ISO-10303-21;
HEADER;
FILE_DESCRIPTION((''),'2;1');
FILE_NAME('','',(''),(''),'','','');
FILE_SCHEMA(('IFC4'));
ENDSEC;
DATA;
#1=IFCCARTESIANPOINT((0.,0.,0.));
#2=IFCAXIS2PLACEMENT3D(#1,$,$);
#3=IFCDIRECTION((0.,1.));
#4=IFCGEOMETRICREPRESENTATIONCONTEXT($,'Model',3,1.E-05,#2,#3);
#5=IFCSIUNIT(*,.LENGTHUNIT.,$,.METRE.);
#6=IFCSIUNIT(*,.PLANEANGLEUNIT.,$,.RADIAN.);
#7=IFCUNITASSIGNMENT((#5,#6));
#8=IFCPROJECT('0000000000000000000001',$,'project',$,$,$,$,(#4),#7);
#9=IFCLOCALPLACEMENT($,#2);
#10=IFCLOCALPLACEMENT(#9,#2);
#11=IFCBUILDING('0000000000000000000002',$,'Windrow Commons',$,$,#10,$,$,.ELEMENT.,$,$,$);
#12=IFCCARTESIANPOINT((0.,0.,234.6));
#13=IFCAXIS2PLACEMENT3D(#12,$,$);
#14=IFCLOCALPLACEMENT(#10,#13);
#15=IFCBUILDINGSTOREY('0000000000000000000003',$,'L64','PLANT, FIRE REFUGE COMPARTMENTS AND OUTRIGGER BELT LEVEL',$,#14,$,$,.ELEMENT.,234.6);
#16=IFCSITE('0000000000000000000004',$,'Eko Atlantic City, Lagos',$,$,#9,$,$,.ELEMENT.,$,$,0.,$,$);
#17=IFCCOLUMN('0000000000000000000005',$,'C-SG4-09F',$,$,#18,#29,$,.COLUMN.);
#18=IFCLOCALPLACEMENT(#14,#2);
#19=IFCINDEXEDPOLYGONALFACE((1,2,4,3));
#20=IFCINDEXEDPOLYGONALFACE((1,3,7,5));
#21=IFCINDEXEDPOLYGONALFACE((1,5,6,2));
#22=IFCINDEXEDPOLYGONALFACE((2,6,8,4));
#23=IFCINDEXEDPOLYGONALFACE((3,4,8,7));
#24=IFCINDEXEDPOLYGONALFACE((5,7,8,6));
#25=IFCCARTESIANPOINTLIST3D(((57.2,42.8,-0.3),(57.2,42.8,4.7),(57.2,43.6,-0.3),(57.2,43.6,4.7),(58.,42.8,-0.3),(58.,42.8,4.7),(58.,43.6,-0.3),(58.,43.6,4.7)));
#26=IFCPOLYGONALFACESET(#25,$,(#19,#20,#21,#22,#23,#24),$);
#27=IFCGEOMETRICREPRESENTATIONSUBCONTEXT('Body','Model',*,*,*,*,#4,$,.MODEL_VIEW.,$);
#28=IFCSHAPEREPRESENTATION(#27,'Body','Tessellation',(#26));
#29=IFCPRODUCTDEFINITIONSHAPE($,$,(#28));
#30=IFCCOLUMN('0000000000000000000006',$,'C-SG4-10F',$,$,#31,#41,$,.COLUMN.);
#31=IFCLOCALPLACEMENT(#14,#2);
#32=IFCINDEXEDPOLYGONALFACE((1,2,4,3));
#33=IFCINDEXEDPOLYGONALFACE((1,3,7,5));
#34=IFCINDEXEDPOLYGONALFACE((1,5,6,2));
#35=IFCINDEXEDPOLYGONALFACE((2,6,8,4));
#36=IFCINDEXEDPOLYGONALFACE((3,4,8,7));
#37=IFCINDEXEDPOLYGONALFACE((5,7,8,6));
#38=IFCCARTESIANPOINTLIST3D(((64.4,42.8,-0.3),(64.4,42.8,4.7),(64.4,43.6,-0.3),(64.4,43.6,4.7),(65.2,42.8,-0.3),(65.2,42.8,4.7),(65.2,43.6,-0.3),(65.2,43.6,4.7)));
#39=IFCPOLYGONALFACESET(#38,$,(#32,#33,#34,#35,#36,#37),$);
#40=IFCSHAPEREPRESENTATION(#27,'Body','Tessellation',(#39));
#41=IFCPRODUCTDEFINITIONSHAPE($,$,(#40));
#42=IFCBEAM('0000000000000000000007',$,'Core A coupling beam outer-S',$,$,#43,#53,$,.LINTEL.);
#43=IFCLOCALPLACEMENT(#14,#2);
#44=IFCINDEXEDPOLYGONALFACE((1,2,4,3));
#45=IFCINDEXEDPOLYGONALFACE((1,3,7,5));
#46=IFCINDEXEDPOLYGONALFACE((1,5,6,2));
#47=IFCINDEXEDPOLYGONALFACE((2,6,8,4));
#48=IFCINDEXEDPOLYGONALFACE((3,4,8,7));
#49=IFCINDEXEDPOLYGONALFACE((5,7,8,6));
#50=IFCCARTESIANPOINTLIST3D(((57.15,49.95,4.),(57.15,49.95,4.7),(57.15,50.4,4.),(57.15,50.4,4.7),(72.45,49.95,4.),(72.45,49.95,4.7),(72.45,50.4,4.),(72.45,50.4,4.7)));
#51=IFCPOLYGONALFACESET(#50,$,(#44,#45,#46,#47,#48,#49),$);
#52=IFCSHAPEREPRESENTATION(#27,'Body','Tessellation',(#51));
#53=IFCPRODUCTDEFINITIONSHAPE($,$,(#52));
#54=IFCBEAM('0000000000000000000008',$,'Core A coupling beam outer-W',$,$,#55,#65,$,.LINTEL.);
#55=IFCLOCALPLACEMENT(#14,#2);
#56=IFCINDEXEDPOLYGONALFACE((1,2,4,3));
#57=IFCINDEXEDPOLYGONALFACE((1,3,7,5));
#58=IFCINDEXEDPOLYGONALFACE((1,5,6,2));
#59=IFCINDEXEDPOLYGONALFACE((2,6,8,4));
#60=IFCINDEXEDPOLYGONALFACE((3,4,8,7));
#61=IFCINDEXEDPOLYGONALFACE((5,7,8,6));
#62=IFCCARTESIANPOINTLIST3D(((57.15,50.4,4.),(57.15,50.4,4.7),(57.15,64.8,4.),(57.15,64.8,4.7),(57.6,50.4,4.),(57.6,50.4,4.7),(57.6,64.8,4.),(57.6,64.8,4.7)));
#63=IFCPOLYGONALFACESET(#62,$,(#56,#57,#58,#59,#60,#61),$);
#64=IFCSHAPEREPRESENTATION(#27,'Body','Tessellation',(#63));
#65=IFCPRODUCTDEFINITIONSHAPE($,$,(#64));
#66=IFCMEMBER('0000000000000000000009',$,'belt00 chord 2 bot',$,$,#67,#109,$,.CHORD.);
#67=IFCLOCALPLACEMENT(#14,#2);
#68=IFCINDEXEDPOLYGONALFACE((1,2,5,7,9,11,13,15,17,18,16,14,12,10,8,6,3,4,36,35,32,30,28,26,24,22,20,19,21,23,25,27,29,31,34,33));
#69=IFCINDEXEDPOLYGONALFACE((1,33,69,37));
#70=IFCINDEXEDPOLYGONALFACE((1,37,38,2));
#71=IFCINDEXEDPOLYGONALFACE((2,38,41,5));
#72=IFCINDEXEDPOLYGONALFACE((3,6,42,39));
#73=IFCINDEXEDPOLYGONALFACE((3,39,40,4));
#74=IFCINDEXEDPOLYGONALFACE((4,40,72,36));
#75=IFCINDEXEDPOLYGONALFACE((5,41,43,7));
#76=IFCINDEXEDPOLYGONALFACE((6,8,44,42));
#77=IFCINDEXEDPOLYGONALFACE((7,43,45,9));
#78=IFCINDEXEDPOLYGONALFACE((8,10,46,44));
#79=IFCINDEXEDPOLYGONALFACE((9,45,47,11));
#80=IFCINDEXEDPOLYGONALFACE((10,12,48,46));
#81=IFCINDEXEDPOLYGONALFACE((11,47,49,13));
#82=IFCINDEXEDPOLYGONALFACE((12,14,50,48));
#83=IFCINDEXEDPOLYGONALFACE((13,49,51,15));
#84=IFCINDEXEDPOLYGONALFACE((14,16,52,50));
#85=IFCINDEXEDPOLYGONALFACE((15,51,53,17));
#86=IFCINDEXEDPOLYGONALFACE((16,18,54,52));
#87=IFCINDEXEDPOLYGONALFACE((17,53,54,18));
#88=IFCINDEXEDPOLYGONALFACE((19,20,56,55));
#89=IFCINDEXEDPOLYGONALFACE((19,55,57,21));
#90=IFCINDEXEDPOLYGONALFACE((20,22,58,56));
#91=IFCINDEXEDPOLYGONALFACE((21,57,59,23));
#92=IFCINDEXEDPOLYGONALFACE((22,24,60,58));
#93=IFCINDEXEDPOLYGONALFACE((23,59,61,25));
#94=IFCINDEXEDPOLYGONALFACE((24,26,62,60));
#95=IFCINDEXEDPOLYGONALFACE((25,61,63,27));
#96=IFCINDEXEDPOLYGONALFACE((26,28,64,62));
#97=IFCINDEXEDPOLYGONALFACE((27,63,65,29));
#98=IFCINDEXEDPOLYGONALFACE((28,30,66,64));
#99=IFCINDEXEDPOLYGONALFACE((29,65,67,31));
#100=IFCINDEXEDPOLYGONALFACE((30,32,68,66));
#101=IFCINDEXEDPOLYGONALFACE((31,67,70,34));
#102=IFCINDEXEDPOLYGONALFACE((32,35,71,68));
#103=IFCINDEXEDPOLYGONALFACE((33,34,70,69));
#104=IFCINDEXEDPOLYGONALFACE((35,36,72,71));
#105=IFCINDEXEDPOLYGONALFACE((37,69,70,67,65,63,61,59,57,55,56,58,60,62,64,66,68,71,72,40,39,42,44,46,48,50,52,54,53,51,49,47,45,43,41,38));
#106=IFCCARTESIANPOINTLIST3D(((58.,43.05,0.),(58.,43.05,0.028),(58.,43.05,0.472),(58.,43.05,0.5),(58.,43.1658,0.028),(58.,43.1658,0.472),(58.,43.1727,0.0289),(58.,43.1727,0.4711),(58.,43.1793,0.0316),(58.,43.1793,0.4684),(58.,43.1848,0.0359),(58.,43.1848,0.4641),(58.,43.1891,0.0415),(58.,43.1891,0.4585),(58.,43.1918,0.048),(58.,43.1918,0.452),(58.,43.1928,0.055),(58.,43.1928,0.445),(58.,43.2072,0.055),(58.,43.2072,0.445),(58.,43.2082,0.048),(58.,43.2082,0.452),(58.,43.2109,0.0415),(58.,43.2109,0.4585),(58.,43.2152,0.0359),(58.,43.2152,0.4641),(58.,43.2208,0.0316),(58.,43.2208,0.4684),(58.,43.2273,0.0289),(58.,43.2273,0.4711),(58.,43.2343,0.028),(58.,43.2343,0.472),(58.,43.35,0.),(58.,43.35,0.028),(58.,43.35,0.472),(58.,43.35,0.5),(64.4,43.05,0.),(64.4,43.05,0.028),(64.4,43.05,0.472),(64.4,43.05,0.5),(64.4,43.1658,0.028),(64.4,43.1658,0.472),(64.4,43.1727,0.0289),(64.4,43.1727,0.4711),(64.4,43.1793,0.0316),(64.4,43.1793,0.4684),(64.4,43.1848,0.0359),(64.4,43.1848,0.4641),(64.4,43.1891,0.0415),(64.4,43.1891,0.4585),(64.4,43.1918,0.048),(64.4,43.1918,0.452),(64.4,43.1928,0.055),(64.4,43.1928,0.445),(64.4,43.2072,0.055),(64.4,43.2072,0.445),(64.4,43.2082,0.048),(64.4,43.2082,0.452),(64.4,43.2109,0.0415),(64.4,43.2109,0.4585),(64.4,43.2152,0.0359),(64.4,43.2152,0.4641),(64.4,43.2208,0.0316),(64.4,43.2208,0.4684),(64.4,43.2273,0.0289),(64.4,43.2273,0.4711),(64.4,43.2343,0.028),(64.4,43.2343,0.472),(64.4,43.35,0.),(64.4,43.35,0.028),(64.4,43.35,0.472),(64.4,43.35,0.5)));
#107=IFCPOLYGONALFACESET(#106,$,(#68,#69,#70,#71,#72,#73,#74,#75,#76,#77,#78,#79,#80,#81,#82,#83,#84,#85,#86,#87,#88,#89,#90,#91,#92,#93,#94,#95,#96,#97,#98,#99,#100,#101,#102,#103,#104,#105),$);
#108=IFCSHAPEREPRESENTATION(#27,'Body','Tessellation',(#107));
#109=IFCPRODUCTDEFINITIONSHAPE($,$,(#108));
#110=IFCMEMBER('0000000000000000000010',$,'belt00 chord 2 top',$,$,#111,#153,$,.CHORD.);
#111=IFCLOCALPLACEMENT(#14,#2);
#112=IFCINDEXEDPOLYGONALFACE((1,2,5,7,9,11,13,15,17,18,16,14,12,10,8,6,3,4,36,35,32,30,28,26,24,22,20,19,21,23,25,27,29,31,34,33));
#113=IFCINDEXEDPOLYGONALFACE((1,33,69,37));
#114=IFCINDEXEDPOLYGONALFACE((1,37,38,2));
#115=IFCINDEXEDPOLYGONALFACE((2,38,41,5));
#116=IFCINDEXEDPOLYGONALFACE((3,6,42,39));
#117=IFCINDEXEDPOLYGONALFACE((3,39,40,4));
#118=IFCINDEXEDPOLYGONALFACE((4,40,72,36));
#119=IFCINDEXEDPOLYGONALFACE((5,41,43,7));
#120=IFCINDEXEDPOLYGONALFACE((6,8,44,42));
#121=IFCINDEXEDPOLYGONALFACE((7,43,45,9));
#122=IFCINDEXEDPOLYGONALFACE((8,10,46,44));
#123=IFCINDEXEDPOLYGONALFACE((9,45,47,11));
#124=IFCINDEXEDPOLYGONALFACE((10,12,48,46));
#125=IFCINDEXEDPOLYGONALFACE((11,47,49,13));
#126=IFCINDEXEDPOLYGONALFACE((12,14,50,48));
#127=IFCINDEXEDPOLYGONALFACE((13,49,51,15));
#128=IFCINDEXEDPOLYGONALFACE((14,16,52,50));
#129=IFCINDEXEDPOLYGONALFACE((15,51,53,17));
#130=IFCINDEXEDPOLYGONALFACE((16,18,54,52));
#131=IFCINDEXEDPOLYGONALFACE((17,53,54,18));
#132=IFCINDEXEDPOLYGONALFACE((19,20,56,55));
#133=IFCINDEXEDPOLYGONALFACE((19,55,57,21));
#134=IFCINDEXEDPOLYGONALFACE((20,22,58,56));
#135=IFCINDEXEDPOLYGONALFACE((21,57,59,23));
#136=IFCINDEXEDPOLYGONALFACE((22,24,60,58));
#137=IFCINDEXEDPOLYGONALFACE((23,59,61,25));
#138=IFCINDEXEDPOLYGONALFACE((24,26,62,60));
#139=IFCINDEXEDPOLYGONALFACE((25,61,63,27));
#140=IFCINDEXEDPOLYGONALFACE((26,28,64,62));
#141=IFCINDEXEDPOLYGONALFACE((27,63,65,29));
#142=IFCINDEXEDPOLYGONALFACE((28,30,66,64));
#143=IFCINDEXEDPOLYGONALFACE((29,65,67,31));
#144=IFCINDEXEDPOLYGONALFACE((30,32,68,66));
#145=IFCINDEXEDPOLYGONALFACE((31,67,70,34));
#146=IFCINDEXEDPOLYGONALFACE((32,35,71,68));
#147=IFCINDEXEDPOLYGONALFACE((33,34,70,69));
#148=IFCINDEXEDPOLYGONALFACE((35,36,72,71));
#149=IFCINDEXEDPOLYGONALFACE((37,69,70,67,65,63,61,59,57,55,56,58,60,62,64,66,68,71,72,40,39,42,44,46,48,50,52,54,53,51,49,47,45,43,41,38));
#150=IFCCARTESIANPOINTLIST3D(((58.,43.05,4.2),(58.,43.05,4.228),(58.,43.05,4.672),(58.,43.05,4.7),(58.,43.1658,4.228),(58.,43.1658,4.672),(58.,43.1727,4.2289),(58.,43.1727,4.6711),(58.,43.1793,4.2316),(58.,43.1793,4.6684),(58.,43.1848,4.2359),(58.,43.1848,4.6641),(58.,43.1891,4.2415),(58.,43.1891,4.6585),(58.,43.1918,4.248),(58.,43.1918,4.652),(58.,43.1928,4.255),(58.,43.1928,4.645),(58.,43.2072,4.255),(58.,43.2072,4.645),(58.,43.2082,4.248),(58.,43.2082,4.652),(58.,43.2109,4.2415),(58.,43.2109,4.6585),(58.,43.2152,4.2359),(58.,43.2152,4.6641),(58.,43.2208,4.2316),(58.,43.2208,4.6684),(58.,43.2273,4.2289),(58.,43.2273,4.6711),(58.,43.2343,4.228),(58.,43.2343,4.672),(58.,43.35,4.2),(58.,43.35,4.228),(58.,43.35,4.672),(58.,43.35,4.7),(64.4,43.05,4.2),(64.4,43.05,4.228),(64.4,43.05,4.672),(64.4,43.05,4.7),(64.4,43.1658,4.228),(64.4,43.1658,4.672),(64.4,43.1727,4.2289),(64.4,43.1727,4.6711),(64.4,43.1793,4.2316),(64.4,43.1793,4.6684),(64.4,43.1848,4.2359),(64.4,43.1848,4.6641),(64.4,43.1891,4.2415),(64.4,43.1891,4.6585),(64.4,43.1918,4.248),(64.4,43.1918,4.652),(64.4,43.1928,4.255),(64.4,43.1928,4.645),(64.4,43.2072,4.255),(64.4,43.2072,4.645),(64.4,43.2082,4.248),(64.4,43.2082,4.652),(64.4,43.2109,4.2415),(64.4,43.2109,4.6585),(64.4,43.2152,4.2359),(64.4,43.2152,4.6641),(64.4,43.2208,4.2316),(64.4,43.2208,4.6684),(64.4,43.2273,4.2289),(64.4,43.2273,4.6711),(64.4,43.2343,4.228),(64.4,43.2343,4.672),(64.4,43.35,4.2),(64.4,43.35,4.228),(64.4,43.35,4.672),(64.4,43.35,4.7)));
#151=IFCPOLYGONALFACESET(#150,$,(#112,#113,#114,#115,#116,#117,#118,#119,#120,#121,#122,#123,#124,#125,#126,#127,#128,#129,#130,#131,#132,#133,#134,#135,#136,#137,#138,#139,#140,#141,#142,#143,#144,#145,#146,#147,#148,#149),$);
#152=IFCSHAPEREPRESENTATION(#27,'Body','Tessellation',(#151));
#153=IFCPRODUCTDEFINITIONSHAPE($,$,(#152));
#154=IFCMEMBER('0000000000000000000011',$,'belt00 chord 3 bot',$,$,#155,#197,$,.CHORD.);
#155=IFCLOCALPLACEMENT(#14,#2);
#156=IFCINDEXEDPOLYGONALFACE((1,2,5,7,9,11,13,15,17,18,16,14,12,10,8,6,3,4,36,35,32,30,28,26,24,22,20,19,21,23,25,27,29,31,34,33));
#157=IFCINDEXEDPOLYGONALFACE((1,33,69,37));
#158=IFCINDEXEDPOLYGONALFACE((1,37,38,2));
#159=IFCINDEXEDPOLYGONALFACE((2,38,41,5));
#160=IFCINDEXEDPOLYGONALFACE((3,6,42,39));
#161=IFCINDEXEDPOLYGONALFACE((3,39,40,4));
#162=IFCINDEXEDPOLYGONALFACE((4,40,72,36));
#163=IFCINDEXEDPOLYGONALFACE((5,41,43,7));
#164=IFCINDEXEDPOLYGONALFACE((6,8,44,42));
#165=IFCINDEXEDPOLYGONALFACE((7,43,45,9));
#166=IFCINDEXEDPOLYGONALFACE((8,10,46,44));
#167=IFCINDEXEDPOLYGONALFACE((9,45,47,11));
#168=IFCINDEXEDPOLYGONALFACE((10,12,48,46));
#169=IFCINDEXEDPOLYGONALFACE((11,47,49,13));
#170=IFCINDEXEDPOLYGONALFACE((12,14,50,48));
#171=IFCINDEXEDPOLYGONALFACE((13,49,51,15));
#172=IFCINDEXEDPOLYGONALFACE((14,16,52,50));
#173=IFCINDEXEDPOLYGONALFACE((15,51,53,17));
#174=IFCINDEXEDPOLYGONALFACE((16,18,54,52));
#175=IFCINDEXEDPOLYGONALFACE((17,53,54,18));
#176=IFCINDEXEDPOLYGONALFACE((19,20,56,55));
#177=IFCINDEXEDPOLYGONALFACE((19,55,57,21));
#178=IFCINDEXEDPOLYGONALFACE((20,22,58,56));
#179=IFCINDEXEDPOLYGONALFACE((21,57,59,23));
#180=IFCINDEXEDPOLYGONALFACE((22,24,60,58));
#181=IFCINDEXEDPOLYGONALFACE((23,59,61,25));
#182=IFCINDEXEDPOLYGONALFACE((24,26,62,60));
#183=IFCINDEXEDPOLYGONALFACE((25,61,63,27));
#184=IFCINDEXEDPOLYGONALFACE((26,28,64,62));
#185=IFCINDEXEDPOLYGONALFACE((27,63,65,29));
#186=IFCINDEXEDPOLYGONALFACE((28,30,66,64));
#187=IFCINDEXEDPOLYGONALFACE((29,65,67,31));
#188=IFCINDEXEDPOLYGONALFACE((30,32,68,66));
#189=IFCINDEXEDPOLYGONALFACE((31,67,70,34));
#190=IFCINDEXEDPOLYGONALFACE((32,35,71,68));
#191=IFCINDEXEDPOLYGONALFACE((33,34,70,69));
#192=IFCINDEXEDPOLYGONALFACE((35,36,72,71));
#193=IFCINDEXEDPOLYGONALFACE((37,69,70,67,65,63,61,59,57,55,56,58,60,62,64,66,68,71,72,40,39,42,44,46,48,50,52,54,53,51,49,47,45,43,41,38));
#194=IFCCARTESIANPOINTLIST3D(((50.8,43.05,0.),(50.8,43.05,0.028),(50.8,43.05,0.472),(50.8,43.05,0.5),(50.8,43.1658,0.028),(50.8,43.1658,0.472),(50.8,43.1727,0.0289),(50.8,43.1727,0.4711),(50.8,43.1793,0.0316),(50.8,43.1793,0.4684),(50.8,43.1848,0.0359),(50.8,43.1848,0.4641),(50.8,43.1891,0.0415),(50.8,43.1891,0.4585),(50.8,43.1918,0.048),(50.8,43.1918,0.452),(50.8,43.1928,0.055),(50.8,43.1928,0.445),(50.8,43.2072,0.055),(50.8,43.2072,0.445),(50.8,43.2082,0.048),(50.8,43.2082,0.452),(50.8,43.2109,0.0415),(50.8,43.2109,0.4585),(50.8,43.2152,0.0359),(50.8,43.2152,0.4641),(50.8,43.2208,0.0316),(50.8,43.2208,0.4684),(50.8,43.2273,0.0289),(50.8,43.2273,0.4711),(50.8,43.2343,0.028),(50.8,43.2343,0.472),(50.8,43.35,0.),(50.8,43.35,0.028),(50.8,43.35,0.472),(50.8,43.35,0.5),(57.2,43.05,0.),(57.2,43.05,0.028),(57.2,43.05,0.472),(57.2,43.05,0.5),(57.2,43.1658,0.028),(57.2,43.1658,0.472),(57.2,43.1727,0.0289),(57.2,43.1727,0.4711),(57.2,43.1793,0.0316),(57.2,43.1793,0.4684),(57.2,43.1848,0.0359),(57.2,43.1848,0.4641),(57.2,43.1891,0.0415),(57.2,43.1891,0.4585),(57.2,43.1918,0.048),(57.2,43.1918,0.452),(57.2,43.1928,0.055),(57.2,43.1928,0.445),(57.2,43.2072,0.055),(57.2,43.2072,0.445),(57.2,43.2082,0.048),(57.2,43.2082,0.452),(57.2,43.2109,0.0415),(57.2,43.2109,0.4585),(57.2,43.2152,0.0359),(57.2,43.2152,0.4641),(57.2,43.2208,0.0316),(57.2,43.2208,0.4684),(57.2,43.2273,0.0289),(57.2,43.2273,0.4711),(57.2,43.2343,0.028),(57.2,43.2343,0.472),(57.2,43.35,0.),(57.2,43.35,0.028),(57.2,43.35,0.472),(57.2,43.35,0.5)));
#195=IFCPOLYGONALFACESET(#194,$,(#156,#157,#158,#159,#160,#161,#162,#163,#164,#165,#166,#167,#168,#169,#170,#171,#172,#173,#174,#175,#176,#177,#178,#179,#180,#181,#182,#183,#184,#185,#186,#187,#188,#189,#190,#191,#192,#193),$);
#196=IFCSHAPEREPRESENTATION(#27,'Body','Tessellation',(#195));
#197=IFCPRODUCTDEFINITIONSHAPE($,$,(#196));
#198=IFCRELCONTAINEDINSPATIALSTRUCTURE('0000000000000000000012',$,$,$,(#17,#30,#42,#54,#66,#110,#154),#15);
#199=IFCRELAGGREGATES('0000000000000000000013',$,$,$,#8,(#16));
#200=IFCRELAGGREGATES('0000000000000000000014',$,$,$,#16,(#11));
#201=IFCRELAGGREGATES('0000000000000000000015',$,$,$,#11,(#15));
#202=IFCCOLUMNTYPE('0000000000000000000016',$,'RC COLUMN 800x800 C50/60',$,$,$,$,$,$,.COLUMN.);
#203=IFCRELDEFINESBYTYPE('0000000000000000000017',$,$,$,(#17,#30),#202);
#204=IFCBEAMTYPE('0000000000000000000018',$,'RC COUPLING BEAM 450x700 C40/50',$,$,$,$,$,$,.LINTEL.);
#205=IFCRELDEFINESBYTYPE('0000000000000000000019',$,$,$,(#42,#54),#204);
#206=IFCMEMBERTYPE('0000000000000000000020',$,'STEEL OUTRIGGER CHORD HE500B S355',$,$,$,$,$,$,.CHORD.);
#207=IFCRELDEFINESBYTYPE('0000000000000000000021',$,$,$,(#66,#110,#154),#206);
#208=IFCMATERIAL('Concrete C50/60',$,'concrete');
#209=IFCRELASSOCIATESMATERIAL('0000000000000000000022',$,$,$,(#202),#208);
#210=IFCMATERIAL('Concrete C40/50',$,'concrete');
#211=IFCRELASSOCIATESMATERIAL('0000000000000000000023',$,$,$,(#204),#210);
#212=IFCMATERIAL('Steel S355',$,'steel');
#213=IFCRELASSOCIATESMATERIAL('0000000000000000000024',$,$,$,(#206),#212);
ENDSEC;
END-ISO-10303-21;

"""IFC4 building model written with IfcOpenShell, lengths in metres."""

from ifc_helpers import new_model, si_unit, direction, frame, origin, origin_2d, place, context, subcontext, project, spatial, rectangle, i_section, extrude, material, material_profile, profile_set, type_object, element, save


model = new_model("IFC4")

# Units and contexts
model_context = context("Model", 3, precision=1e-05, world=origin(), true_north=direction((0.0, 1.0)))
body_context = subcontext(model_context, "Body", "Model", "MODEL_VIEW")
ifc_project = project(units=[si_unit("LENGTHUNIT", "METRE"), si_unit("PLANEANGLEUNIT", "RADIAN")], contexts=[model_context])

# Site, building, storey
site_placement = place(None, origin())
site = spatial("IfcSite", under=ifc_project, at=site_placement, Name="Eko Atlantic City, Lagos", CompositionType="ELEMENT", RefElevation=0.0)
building_placement = place(site_placement, origin())
building = spatial("IfcBuilding", under=site, at=building_placement, Name="Windrow Commons", CompositionType="ELEMENT")
storey_placement = place(building_placement, frame((0.0, 0.0, 234.6)))
storey = spatial("IfcBuildingStorey", under=building, at=storey_placement, Name="L64", Description="PLANT, FIRE REFUGE COMPARTMENTS AND OUTRIGGER BELT LEVEL", CompositionType="ELEMENT", Elevation=234.6)

# Columns
ifc_material_1 = material(Name="Concrete C50/60", Category="concrete")
ifc_material_profile_1 = material_profile(ifc_material_1, rectangle(XDim=0.8, YDim=0.8, at=origin_2d()))
ifc_profile_set_1 = profile_set([ifc_material_profile_1], Name="Concrete C50/60")
column_type = type_object("IfcColumnType", Name="RC COLUMN 800x800 C50/60", PredefinedType="COLUMN", material=ifc_profile_set_1)
for number, where, z_axis, x_axis, name in (
    (1, (57.6, 43.2, -0.3), (0.0, 0.0, 1.0), (1.0, 0.0, 0.0), "C-SG4-09F"),
    (2, (64.8, 43.2, -0.3), (0.0, 0.0, 1.0), (1.0, 0.0, 0.0), "C-SG4-10F"),
):
    element("IfcColumn", number, at=place(storey_placement, frame(where, z_axis=z_axis, x_axis=x_axis)), inside=storey, type_object=column_type, Name=name, PredefinedType="COLUMN", context=body_context, shape_type="SweptSolid", body=[
        extrude(rectangle(XDim=0.8, YDim=0.8, at=origin_2d()), origin(), (0.0, 0.0, 1.0), 5.0),
    ])

# Beams
ifc_material_2 = material(Name="Concrete C40/50", Category="concrete")
ifc_material_profile_2 = material_profile(ifc_material_2, rectangle(XDim=0.45, YDim=0.7, at=origin_2d()))
ifc_profile_set_2 = profile_set([ifc_material_profile_2], Name="Concrete C40/50")
beam_type = type_object("IfcBeamType", Name="RC COUPLING BEAM 450x700 C40/50", PredefinedType="LINTEL", material=ifc_profile_set_2)
beam_1_placement = place(storey_placement, frame((57.15, 50.175, 4.35), z_axis=(1.0, 0.0, 0.0), x_axis=(0.0, 1.0, 0.0)))
element("IfcBeam", 3, at=beam_1_placement, inside=storey, type_object=beam_type, Name="Core A coupling beam outer-S", PredefinedType="LINTEL", context=body_context, shape_type="SweptSolid", body=[
    extrude(rectangle(XDim=0.45, YDim=0.7, at=origin_2d()), origin(), (0.0, 0.0, 1.0), 15.3),
])
beam_2_placement = place(storey_placement, frame((57.375, 50.4, 4.35), z_axis=(0.0, 1.0, 0.0), x_axis=(-1.0, 0.0, 0.0)))
element("IfcBeam", 4, at=beam_2_placement, inside=storey, type_object=beam_type, Name="Core A coupling beam outer-W", PredefinedType="LINTEL", context=body_context, shape_type="SweptSolid", body=[
    extrude(rectangle(XDim=0.45, YDim=0.7, at=origin_2d()), origin(), (0.0, 0.0, 1.0), 14.4),
])

# Members
ifc_material_3 = material(Name="Steel S355", Category="steel")
ifc_material_profile_3 = material_profile(ifc_material_3, i_section(OverallWidth=0.3, OverallDepth=0.5, WebThickness=0.0145, FlangeThickness=0.028, FilletRadius=0.027, at=origin_2d()))
ifc_profile_set_3 = profile_set([ifc_material_profile_3], Name="Steel S355")
member_type_1 = type_object("IfcMemberType", Name="STEEL OUTRIGGER CHORD HE500B S355", PredefinedType="CHORD", material=ifc_profile_set_3)
for number, where, z_axis, x_axis, name in (
    (5, (64.4, 43.2, 0.25), (-1.0, 0.0, 0.0), (0.0, -1.0, 0.0), "belt00 chord 2 bot"),
    (6, (64.4, 43.2, 4.45), (-1.0, 0.0, 0.0), (0.0, -1.0, 0.0), "belt00 chord 2 top"),
    (7, (57.2, 43.2, 0.25), (-1.0, 0.0, 0.0), (0.0, -1.0, 0.0), "belt00 chord 3 bot"),
):
    element("IfcMember", number, at=place(storey_placement, frame(where, z_axis=z_axis, x_axis=x_axis)), inside=storey, type_object=member_type_1, Name=name, PredefinedType="CHORD", context=body_context, shape_type="SweptSolid", body=[
        extrude(i_section(OverallWidth=0.3, OverallDepth=0.5, WebThickness=0.0145, FlangeThickness=0.028, FilletRadius=0.027, at=origin_2d()), origin(), (0.0, 0.0, 1.0), 6.4),
    ])

save(model, "model.ifc")
